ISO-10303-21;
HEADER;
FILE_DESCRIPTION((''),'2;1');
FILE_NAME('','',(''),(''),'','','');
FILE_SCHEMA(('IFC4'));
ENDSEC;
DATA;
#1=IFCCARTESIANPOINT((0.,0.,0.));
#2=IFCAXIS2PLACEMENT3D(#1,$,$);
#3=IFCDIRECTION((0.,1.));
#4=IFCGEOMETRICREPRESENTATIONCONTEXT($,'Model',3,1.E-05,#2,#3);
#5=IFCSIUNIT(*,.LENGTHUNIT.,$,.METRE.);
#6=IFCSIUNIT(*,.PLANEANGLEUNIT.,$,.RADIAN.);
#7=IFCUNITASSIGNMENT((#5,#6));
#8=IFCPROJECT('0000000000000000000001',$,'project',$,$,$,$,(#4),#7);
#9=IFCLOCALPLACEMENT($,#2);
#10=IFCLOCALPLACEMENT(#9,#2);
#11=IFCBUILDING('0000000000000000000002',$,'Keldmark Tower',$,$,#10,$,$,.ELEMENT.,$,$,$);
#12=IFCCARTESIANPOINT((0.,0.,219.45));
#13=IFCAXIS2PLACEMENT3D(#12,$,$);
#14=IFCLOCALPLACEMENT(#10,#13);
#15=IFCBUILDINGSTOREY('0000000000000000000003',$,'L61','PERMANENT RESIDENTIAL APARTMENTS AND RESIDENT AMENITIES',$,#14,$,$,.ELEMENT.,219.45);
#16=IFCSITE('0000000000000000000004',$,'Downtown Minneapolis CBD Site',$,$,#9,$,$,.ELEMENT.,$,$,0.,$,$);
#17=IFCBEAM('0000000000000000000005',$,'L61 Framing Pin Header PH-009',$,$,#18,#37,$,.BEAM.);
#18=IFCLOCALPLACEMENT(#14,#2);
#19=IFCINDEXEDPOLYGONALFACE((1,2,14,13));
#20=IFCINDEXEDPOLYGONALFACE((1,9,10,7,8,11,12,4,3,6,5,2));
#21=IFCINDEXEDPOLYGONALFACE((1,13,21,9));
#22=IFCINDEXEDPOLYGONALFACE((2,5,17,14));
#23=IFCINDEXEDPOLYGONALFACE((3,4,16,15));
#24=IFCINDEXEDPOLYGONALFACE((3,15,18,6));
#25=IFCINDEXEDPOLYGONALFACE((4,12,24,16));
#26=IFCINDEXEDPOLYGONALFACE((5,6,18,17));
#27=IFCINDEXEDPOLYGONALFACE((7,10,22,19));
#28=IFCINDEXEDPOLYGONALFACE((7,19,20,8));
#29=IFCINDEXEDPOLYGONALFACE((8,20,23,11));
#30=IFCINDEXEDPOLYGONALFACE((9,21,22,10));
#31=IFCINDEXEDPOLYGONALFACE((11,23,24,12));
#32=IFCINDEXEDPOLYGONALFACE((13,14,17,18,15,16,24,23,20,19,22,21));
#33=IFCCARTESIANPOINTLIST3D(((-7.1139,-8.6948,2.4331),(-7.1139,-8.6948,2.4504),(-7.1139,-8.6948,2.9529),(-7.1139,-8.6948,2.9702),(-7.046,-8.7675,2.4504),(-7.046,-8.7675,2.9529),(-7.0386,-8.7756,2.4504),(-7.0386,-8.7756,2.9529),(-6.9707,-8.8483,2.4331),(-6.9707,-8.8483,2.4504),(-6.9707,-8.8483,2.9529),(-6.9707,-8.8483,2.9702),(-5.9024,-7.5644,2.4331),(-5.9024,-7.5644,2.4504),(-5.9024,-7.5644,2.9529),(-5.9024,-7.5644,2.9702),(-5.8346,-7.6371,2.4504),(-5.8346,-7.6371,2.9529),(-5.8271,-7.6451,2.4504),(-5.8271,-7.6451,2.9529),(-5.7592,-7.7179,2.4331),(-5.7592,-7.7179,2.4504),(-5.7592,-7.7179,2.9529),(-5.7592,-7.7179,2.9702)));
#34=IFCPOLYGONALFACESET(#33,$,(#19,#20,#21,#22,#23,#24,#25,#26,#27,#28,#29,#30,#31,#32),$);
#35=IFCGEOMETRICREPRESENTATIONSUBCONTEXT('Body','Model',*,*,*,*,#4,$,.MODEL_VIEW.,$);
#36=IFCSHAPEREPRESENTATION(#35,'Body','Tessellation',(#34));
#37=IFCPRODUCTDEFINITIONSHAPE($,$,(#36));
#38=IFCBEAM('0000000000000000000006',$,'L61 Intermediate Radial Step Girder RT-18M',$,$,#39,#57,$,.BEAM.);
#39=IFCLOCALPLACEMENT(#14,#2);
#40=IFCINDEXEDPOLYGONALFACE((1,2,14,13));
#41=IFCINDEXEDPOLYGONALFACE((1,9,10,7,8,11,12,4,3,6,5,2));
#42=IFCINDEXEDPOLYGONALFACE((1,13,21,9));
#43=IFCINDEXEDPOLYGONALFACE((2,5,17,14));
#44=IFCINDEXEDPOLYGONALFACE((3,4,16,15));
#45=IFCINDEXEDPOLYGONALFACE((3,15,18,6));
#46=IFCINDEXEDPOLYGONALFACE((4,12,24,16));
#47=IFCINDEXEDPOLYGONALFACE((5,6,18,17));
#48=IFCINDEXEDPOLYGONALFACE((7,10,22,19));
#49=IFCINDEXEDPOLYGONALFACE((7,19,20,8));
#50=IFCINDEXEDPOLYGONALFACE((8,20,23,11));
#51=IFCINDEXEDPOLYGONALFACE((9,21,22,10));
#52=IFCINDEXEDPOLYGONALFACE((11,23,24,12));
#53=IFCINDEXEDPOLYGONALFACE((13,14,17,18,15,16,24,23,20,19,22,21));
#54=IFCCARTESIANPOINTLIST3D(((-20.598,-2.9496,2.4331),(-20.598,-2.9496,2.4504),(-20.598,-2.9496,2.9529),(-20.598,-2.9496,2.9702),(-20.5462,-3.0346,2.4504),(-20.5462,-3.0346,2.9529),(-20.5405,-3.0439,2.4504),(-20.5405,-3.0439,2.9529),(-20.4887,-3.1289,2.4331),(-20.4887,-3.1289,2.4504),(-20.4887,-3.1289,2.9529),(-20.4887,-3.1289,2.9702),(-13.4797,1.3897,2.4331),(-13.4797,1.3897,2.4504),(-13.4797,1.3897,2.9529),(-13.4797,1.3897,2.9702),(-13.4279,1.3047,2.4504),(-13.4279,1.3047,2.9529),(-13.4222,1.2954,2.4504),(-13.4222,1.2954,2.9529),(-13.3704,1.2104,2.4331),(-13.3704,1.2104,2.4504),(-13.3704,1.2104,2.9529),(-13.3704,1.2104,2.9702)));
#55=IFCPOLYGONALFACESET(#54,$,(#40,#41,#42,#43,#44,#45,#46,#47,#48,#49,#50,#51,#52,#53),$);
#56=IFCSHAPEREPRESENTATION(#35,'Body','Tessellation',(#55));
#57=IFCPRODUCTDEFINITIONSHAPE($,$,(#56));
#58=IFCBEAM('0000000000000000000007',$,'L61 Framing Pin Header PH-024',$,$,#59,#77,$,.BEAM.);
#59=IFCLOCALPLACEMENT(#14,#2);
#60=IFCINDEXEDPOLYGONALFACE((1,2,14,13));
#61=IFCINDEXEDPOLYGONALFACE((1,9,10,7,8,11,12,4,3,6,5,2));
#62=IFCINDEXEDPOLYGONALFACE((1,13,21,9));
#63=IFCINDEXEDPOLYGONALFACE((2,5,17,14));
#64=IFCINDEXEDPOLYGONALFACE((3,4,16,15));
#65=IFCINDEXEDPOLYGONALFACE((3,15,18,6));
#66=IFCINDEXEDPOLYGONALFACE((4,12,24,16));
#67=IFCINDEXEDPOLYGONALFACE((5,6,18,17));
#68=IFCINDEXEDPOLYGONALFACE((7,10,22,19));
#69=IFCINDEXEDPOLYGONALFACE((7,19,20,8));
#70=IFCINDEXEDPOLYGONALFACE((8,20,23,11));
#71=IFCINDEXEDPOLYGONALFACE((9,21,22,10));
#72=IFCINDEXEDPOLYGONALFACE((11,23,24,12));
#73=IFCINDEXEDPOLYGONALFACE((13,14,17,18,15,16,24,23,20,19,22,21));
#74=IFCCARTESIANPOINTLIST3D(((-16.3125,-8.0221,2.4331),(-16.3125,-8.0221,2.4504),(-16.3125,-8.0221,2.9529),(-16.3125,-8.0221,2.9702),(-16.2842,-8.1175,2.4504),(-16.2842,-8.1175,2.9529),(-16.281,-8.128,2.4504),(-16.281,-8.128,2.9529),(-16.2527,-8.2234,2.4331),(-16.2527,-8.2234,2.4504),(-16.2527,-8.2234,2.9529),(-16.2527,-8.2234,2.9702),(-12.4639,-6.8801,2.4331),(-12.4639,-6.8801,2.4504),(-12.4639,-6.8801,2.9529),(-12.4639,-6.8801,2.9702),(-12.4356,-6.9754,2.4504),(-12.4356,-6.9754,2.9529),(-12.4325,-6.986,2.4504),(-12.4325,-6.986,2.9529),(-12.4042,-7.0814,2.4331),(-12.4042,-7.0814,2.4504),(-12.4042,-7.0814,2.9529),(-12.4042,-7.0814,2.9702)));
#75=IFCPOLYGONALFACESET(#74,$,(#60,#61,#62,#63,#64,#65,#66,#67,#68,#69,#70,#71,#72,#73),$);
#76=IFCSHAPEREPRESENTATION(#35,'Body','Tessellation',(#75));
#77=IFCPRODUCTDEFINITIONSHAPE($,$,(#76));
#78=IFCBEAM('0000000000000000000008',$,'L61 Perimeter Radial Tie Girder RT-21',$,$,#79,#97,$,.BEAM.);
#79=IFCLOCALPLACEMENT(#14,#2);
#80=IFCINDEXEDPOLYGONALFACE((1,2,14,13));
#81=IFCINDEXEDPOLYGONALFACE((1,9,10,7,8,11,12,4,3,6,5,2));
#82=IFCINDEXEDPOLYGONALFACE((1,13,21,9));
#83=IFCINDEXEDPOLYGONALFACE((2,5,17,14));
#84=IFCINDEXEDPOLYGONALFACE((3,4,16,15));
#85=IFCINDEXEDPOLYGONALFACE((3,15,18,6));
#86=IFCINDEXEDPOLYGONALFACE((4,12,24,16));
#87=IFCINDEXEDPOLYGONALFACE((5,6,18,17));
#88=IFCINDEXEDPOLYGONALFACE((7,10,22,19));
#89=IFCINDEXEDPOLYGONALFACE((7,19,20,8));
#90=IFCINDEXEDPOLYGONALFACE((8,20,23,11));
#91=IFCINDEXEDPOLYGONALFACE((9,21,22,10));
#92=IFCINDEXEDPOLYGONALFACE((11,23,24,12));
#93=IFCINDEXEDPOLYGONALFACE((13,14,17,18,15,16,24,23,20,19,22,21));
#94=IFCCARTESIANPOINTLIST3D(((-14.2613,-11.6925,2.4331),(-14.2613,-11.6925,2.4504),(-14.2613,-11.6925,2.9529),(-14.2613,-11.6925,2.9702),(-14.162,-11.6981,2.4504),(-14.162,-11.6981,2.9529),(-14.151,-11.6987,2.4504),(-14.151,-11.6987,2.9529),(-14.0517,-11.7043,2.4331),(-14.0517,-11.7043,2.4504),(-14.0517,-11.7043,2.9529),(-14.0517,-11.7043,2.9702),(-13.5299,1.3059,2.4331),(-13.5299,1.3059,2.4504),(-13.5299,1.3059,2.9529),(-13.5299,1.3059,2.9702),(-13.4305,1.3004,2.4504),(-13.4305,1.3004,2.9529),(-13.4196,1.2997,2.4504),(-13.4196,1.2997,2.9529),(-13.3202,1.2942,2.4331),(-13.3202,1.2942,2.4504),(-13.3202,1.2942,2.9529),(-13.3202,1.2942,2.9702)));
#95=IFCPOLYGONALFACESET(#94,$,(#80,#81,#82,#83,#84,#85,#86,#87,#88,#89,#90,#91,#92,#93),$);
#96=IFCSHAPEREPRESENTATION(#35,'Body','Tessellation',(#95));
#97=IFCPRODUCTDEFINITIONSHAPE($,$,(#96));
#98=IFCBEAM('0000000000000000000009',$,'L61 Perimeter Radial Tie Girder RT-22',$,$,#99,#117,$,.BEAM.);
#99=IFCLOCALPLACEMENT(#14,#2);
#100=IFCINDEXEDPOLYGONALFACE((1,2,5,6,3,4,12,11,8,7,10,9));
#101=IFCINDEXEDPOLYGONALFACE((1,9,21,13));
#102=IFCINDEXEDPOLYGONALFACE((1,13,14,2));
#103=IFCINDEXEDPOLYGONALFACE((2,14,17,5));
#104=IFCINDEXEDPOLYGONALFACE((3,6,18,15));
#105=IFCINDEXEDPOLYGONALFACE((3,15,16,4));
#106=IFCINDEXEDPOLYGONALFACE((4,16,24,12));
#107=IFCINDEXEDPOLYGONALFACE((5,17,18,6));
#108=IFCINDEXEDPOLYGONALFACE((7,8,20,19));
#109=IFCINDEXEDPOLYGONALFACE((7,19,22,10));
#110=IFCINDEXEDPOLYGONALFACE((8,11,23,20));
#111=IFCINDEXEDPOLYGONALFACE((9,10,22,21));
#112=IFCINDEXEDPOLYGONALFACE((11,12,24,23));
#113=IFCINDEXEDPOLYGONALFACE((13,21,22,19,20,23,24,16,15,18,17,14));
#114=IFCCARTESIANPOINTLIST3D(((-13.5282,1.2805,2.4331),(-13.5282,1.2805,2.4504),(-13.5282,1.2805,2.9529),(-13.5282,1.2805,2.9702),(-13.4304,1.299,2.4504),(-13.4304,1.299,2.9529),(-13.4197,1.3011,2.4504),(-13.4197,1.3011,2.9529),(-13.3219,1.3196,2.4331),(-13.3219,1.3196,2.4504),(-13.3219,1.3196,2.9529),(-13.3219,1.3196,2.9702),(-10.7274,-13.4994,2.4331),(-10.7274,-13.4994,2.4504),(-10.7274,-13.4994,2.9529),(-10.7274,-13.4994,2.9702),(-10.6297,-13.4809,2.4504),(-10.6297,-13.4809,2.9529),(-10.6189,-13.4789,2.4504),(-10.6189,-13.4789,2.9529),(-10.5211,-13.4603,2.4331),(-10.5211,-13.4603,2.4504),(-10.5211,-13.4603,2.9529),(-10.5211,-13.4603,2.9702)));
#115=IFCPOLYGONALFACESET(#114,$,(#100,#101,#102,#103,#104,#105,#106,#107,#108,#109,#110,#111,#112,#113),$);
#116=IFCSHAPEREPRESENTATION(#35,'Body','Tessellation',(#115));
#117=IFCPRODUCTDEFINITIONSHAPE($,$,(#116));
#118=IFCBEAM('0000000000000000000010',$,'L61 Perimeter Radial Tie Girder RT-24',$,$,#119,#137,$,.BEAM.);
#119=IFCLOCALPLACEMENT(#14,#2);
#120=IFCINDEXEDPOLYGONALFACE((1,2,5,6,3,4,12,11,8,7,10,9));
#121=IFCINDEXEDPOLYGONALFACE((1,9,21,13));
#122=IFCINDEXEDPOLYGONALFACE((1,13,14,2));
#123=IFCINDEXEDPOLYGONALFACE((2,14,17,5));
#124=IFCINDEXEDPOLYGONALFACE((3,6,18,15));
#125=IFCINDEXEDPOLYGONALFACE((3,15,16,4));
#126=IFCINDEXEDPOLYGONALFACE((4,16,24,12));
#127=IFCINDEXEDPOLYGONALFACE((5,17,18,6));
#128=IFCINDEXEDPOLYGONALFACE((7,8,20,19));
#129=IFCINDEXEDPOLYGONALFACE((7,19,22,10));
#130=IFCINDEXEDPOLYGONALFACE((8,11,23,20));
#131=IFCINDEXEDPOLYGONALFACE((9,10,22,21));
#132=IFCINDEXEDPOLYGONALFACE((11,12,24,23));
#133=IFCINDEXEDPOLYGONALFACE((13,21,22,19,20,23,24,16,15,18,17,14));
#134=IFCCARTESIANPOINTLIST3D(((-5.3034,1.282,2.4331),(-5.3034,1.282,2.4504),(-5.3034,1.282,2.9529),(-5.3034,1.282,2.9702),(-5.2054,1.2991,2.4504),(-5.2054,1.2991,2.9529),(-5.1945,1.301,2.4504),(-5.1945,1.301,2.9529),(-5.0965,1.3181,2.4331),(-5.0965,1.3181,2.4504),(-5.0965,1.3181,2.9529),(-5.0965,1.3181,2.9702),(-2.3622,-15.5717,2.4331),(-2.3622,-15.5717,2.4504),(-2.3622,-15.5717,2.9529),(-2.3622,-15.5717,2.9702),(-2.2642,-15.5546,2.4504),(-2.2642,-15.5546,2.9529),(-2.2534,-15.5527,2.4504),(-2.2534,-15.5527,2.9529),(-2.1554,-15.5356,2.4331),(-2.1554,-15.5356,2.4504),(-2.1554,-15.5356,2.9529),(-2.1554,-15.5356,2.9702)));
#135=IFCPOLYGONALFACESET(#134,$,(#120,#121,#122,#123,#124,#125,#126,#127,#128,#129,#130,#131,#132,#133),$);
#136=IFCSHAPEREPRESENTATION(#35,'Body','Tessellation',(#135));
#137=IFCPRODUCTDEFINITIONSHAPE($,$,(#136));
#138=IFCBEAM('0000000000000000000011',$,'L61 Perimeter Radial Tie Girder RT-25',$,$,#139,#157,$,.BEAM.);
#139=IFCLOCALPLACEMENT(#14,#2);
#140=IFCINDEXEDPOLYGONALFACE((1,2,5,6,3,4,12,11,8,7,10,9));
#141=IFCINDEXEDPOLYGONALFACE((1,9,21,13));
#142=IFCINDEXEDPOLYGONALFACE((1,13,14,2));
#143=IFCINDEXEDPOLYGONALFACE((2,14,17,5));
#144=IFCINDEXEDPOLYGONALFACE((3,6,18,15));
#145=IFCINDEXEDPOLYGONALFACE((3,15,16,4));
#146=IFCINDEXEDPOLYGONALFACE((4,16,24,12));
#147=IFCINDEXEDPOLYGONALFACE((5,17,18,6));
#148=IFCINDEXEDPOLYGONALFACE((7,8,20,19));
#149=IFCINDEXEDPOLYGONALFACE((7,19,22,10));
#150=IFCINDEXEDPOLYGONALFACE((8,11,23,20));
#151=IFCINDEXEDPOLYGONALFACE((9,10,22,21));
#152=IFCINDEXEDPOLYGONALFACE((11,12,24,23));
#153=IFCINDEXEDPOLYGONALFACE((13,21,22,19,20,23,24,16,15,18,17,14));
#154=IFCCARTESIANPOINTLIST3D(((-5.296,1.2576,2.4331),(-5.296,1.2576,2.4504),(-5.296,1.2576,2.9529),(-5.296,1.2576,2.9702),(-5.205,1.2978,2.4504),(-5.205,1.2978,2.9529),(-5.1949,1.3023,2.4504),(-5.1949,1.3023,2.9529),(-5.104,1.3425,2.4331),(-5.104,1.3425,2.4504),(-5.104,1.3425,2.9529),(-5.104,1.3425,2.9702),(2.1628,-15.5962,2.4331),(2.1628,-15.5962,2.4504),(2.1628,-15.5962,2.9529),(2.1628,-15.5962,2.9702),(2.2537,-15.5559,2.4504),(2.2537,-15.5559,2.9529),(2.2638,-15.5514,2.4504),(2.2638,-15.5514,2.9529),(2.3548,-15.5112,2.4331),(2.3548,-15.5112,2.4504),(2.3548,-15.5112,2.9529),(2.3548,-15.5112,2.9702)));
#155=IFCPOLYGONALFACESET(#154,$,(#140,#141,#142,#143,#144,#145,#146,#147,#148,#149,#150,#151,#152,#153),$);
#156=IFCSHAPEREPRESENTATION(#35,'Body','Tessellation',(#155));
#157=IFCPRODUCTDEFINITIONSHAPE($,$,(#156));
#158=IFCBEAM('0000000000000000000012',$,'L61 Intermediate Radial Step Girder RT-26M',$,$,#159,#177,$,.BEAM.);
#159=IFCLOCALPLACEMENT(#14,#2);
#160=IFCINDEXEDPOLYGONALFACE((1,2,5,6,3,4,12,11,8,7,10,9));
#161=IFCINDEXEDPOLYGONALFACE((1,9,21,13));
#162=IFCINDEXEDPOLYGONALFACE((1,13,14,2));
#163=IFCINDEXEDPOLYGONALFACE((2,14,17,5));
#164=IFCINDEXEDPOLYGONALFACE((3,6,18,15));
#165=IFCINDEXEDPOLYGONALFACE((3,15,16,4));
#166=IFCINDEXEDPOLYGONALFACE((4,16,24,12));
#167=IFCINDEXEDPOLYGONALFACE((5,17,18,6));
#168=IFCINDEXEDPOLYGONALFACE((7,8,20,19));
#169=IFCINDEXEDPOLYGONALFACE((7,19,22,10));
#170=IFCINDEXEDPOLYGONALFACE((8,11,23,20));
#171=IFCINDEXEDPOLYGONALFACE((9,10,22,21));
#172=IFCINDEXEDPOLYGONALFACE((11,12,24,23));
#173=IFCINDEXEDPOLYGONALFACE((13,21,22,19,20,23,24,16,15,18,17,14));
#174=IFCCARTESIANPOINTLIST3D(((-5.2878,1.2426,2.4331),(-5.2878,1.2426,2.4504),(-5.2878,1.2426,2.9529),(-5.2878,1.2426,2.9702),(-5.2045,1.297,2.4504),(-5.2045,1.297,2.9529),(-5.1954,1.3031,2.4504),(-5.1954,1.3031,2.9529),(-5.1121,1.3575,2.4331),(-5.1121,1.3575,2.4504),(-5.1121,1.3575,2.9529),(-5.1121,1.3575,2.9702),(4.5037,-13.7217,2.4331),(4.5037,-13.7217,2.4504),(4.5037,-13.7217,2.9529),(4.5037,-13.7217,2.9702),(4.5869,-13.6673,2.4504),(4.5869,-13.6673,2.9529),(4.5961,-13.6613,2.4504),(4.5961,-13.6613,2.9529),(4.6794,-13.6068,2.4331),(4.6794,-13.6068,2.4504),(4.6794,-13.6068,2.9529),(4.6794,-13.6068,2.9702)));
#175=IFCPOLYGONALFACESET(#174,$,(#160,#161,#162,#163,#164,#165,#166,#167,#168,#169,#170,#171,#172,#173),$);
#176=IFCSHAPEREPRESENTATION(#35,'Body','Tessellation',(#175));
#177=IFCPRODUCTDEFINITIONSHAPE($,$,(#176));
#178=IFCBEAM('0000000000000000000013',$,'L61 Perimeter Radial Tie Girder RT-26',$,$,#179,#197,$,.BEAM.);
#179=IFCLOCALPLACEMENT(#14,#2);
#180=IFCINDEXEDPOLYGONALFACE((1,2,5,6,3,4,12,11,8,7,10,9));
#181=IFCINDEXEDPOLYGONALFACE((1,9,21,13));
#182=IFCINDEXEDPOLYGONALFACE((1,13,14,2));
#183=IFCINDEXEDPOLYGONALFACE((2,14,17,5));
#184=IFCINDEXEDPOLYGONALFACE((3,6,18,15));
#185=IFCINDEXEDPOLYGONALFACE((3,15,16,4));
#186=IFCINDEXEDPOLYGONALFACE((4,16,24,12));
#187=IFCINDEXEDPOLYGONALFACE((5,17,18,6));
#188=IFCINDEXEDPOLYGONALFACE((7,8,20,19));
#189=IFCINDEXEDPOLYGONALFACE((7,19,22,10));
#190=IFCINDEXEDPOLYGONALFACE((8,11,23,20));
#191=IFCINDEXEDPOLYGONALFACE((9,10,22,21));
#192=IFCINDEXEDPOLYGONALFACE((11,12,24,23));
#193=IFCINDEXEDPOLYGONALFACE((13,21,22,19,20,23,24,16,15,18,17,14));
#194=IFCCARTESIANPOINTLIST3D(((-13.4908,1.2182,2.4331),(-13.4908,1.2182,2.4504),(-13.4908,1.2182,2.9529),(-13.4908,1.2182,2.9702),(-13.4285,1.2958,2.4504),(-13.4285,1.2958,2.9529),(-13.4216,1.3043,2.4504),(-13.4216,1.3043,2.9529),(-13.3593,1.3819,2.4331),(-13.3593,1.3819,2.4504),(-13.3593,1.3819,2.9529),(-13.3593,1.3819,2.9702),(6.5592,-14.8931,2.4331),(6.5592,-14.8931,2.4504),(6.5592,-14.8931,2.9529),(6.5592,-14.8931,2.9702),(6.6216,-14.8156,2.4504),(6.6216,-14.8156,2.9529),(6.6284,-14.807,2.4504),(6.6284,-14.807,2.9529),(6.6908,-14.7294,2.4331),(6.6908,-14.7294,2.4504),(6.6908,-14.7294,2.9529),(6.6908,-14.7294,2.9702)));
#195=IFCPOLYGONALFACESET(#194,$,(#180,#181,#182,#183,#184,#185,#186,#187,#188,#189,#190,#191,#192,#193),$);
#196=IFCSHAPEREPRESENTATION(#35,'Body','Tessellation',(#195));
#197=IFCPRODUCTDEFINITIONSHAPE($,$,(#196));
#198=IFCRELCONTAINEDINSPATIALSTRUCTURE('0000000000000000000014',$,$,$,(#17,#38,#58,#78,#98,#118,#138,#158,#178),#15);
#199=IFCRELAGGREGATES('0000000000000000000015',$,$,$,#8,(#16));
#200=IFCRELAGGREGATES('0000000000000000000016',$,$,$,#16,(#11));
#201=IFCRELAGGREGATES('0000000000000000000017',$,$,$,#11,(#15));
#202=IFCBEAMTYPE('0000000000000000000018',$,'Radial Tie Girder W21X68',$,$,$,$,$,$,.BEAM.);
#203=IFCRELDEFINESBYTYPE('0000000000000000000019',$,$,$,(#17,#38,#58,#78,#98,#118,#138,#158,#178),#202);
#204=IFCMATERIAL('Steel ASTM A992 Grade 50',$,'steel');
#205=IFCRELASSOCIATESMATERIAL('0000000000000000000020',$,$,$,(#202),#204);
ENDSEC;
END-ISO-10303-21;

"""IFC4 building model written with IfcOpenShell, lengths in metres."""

from ifc_helpers import new_model, si_unit, direction, frame, origin, origin_2d, place, context, subcontext, project, spatial, i_section, extrude, material, material_profile, profile_set, type_object, element, save


model = new_model("IFC4")

# Units and contexts
model_context = context("Model", 3, precision=1e-05, world=origin(), true_north=direction((0.0, 1.0)))
body_context = subcontext(model_context, "Body", "Model", "MODEL_VIEW")
ifc_project = project(units=[si_unit("LENGTHUNIT", "METRE"), si_unit("PLANEANGLEUNIT", "RADIAN")], contexts=[model_context])

# Site, building, storey
site_placement = place(None, origin())
site = spatial("IfcSite", under=ifc_project, at=site_placement, Name="Downtown Minneapolis CBD Site", CompositionType="ELEMENT", RefElevation=0.0)
building_placement = place(site_placement, origin())
building = spatial("IfcBuilding", under=site, at=building_placement, Name="Keldmark Tower", CompositionType="ELEMENT")
storey_placement = place(building_placement, frame((0.0, 0.0, 219.45)))
storey = spatial("IfcBuildingStorey", under=building, at=storey_placement, Name="L61", Description="PERMANENT RESIDENTIAL APARTMENTS AND RESIDENT AMENITIES", CompositionType="ELEMENT", Elevation=219.45)

# Beams
ifc_material_1 = material(Name="Steel ASTM A992 Grade 50", Category="steel")
ifc_material_profile_1 = material_profile(ifc_material_1, i_section(OverallWidth=0.21, OverallDepth=0.5371, WebThickness=0.011, FlangeThickness=0.0173, at=origin_2d()), Name="W21X68")
ifc_profile_set_1 = profile_set([ifc_material_profile_1], Name="Steel ASTM A992 Grade 50")
beam_type_1 = type_object("IfcBeamType", Name="Radial Tie Girder W21X68", PredefinedType="BEAM", material=ifc_profile_set_1)
beam_1_placement = place(storey_placement, frame((-5.8308, -7.6411, 2.7017), z_axis=(-0.731143, -0.682224, 0.0), x_axis=(0.682224, -0.731143, 0.0)))
element("IfcBeam", 1, at=beam_1_placement, inside=storey, type_object=beam_type_1, Name="L61 Framing Pin Header PH-009", PredefinedType="BEAM", context=body_context, shape_type="SweptSolid", body=[
    extrude(i_section(OverallWidth=0.21, OverallDepth=0.5371, WebThickness=0.011, FlangeThickness=0.0173, at=origin_2d()), origin(), (0.0, 0.0, 1.0), 1.657),
])
beam_2_placement = place(storey_placement, frame((-13.425, 1.3, 2.7017), z_axis=(-0.853857, -0.520508, 0.0), x_axis=(0.520508, -0.853857, 0.0)))
element("IfcBeam", 2, at=beam_2_placement, inside=storey, type_object=beam_type_1, Name="L61 Intermediate Radial Step Girder RT-18M", PredefinedType="BEAM", context=body_context, shape_type="SweptSolid", body=[
    extrude(i_section(OverallWidth=0.21, OverallDepth=0.5371, WebThickness=0.011, FlangeThickness=0.0173, at=origin_2d()), origin(), (0.0, 0.0, 1.0), 8.3367),
])
beam_3_placement = place(storey_placement, frame((-12.4341, -6.9807, 2.7017), z_axis=(-0.958679, -0.28449, 0.0), x_axis=(0.28449, -0.958679, 0.0)))
element("IfcBeam", 3, at=beam_3_placement, inside=storey, type_object=beam_type_1, Name="L61 Framing Pin Header PH-024", PredefinedType="BEAM", context=body_context, shape_type="SweptSolid", body=[
    extrude(i_section(OverallWidth=0.21, OverallDepth=0.5371, WebThickness=0.011, FlangeThickness=0.0173, at=origin_2d()), origin(), (0.0, 0.0, 1.0), 4.0144),
])
beam_4_placement = place(storey_placement, frame((-13.425, 1.3, 2.7017), z_axis=(-0.056182, -0.998421, 0.0), x_axis=(0.998421, -0.056182, 0.0)))
element("IfcBeam", 4, at=beam_4_placement, inside=storey, type_object=beam_type_1, Name="L61 Perimeter Radial Tie Girder RT-21", PredefinedType="BEAM", context=body_context, shape_type="SweptSolid", body=[
    extrude(i_section(OverallWidth=0.21, OverallDepth=0.5371, WebThickness=0.011, FlangeThickness=0.0173, at=origin_2d()), origin(), (0.0, 0.0, 1.0), 13.019),
])
beam_5_placement = place(storey_placement, frame((-13.425, 1.3, 2.7017), z_axis=(0.186184, -0.982515, 0.0), x_axis=(0.982515, 0.186184, 0.0)))
element("IfcBeam", 5, at=beam_5_placement, inside=storey, type_object=beam_type_1, Name="L61 Perimeter Radial Tie Girder RT-22", PredefinedType="BEAM", context=body_context, shape_type="SweptSolid", body=[
    extrude(i_section(OverallWidth=0.21, OverallDepth=0.5371, WebThickness=0.011, FlangeThickness=0.0173, at=origin_2d()), origin(), (0.0, 0.0, 1.0), 15.043),
])
beam_6_placement = place(storey_placement, frame((-5.2, 1.3, 2.7017), z_axis=(0.171913, -0.985112, 0.0), x_axis=(0.985112, 0.171913, 0.0)))
element("IfcBeam", 6, at=beam_6_placement, inside=storey, type_object=beam_type_1, Name="L61 Perimeter Radial Tie Girder RT-24", PredefinedType="BEAM", context=body_context, shape_type="SweptSolid", body=[
    extrude(i_section(OverallWidth=0.21, OverallDepth=0.5371, WebThickness=0.011, FlangeThickness=0.0173, at=origin_2d()), origin(), (0.0, 0.0, 1.0), 17.1084),
])
beam_7_placement = place(storey_placement, frame((-5.2, 1.3, 2.7017), z_axis=(0.404696, -0.914451, 0.0), x_axis=(0.914451, 0.404696, 0.0)))
element("IfcBeam", 7, at=beam_7_placement, inside=storey, type_object=beam_type_1, Name="L61 Perimeter Radial Tie Girder RT-25", PredefinedType="BEAM", context=body_context, shape_type="SweptSolid", body=[
    extrude(i_section(OverallWidth=0.21, OverallDepth=0.5371, WebThickness=0.011, FlangeThickness=0.0173, at=origin_2d()), origin(), (0.0, 0.0, 1.0), 18.4304),
])
beam_8_placement = place(storey_placement, frame((-5.2, 1.3, 2.7017), z_axis=(0.547528, -0.836787, 0.0), x_axis=(0.836787, 0.547528, 0.0)))
element("IfcBeam", 8, at=beam_8_placement, inside=storey, type_object=beam_type_1, Name="L61 Intermediate Radial Step Girder RT-26M", PredefinedType="BEAM", context=body_context, shape_type="SweptSolid", body=[
    extrude(i_section(OverallWidth=0.21, OverallDepth=0.5371, WebThickness=0.011, FlangeThickness=0.0173, at=origin_2d()), origin(), (0.0, 0.0, 1.0), 17.8831),
])
beam_9_placement = place(storey_placement, frame((-13.425, 1.3, 2.7017), z_axis=(0.779515, -0.626384, 0.0), x_axis=(0.626384, 0.779515, 0.0)))
element("IfcBeam", 9, at=beam_9_placement, inside=storey, type_object=beam_type_1, Name="L61 Perimeter Radial Tie Girder RT-26", PredefinedType="BEAM", context=body_context, shape_type="SweptSolid", body=[
    extrude(i_section(OverallWidth=0.21, OverallDepth=0.5371, WebThickness=0.011, FlangeThickness=0.0173, at=origin_2d()), origin(), (0.0, 0.0, 1.0), 25.7212),
])

save(model, "model.ifc")
